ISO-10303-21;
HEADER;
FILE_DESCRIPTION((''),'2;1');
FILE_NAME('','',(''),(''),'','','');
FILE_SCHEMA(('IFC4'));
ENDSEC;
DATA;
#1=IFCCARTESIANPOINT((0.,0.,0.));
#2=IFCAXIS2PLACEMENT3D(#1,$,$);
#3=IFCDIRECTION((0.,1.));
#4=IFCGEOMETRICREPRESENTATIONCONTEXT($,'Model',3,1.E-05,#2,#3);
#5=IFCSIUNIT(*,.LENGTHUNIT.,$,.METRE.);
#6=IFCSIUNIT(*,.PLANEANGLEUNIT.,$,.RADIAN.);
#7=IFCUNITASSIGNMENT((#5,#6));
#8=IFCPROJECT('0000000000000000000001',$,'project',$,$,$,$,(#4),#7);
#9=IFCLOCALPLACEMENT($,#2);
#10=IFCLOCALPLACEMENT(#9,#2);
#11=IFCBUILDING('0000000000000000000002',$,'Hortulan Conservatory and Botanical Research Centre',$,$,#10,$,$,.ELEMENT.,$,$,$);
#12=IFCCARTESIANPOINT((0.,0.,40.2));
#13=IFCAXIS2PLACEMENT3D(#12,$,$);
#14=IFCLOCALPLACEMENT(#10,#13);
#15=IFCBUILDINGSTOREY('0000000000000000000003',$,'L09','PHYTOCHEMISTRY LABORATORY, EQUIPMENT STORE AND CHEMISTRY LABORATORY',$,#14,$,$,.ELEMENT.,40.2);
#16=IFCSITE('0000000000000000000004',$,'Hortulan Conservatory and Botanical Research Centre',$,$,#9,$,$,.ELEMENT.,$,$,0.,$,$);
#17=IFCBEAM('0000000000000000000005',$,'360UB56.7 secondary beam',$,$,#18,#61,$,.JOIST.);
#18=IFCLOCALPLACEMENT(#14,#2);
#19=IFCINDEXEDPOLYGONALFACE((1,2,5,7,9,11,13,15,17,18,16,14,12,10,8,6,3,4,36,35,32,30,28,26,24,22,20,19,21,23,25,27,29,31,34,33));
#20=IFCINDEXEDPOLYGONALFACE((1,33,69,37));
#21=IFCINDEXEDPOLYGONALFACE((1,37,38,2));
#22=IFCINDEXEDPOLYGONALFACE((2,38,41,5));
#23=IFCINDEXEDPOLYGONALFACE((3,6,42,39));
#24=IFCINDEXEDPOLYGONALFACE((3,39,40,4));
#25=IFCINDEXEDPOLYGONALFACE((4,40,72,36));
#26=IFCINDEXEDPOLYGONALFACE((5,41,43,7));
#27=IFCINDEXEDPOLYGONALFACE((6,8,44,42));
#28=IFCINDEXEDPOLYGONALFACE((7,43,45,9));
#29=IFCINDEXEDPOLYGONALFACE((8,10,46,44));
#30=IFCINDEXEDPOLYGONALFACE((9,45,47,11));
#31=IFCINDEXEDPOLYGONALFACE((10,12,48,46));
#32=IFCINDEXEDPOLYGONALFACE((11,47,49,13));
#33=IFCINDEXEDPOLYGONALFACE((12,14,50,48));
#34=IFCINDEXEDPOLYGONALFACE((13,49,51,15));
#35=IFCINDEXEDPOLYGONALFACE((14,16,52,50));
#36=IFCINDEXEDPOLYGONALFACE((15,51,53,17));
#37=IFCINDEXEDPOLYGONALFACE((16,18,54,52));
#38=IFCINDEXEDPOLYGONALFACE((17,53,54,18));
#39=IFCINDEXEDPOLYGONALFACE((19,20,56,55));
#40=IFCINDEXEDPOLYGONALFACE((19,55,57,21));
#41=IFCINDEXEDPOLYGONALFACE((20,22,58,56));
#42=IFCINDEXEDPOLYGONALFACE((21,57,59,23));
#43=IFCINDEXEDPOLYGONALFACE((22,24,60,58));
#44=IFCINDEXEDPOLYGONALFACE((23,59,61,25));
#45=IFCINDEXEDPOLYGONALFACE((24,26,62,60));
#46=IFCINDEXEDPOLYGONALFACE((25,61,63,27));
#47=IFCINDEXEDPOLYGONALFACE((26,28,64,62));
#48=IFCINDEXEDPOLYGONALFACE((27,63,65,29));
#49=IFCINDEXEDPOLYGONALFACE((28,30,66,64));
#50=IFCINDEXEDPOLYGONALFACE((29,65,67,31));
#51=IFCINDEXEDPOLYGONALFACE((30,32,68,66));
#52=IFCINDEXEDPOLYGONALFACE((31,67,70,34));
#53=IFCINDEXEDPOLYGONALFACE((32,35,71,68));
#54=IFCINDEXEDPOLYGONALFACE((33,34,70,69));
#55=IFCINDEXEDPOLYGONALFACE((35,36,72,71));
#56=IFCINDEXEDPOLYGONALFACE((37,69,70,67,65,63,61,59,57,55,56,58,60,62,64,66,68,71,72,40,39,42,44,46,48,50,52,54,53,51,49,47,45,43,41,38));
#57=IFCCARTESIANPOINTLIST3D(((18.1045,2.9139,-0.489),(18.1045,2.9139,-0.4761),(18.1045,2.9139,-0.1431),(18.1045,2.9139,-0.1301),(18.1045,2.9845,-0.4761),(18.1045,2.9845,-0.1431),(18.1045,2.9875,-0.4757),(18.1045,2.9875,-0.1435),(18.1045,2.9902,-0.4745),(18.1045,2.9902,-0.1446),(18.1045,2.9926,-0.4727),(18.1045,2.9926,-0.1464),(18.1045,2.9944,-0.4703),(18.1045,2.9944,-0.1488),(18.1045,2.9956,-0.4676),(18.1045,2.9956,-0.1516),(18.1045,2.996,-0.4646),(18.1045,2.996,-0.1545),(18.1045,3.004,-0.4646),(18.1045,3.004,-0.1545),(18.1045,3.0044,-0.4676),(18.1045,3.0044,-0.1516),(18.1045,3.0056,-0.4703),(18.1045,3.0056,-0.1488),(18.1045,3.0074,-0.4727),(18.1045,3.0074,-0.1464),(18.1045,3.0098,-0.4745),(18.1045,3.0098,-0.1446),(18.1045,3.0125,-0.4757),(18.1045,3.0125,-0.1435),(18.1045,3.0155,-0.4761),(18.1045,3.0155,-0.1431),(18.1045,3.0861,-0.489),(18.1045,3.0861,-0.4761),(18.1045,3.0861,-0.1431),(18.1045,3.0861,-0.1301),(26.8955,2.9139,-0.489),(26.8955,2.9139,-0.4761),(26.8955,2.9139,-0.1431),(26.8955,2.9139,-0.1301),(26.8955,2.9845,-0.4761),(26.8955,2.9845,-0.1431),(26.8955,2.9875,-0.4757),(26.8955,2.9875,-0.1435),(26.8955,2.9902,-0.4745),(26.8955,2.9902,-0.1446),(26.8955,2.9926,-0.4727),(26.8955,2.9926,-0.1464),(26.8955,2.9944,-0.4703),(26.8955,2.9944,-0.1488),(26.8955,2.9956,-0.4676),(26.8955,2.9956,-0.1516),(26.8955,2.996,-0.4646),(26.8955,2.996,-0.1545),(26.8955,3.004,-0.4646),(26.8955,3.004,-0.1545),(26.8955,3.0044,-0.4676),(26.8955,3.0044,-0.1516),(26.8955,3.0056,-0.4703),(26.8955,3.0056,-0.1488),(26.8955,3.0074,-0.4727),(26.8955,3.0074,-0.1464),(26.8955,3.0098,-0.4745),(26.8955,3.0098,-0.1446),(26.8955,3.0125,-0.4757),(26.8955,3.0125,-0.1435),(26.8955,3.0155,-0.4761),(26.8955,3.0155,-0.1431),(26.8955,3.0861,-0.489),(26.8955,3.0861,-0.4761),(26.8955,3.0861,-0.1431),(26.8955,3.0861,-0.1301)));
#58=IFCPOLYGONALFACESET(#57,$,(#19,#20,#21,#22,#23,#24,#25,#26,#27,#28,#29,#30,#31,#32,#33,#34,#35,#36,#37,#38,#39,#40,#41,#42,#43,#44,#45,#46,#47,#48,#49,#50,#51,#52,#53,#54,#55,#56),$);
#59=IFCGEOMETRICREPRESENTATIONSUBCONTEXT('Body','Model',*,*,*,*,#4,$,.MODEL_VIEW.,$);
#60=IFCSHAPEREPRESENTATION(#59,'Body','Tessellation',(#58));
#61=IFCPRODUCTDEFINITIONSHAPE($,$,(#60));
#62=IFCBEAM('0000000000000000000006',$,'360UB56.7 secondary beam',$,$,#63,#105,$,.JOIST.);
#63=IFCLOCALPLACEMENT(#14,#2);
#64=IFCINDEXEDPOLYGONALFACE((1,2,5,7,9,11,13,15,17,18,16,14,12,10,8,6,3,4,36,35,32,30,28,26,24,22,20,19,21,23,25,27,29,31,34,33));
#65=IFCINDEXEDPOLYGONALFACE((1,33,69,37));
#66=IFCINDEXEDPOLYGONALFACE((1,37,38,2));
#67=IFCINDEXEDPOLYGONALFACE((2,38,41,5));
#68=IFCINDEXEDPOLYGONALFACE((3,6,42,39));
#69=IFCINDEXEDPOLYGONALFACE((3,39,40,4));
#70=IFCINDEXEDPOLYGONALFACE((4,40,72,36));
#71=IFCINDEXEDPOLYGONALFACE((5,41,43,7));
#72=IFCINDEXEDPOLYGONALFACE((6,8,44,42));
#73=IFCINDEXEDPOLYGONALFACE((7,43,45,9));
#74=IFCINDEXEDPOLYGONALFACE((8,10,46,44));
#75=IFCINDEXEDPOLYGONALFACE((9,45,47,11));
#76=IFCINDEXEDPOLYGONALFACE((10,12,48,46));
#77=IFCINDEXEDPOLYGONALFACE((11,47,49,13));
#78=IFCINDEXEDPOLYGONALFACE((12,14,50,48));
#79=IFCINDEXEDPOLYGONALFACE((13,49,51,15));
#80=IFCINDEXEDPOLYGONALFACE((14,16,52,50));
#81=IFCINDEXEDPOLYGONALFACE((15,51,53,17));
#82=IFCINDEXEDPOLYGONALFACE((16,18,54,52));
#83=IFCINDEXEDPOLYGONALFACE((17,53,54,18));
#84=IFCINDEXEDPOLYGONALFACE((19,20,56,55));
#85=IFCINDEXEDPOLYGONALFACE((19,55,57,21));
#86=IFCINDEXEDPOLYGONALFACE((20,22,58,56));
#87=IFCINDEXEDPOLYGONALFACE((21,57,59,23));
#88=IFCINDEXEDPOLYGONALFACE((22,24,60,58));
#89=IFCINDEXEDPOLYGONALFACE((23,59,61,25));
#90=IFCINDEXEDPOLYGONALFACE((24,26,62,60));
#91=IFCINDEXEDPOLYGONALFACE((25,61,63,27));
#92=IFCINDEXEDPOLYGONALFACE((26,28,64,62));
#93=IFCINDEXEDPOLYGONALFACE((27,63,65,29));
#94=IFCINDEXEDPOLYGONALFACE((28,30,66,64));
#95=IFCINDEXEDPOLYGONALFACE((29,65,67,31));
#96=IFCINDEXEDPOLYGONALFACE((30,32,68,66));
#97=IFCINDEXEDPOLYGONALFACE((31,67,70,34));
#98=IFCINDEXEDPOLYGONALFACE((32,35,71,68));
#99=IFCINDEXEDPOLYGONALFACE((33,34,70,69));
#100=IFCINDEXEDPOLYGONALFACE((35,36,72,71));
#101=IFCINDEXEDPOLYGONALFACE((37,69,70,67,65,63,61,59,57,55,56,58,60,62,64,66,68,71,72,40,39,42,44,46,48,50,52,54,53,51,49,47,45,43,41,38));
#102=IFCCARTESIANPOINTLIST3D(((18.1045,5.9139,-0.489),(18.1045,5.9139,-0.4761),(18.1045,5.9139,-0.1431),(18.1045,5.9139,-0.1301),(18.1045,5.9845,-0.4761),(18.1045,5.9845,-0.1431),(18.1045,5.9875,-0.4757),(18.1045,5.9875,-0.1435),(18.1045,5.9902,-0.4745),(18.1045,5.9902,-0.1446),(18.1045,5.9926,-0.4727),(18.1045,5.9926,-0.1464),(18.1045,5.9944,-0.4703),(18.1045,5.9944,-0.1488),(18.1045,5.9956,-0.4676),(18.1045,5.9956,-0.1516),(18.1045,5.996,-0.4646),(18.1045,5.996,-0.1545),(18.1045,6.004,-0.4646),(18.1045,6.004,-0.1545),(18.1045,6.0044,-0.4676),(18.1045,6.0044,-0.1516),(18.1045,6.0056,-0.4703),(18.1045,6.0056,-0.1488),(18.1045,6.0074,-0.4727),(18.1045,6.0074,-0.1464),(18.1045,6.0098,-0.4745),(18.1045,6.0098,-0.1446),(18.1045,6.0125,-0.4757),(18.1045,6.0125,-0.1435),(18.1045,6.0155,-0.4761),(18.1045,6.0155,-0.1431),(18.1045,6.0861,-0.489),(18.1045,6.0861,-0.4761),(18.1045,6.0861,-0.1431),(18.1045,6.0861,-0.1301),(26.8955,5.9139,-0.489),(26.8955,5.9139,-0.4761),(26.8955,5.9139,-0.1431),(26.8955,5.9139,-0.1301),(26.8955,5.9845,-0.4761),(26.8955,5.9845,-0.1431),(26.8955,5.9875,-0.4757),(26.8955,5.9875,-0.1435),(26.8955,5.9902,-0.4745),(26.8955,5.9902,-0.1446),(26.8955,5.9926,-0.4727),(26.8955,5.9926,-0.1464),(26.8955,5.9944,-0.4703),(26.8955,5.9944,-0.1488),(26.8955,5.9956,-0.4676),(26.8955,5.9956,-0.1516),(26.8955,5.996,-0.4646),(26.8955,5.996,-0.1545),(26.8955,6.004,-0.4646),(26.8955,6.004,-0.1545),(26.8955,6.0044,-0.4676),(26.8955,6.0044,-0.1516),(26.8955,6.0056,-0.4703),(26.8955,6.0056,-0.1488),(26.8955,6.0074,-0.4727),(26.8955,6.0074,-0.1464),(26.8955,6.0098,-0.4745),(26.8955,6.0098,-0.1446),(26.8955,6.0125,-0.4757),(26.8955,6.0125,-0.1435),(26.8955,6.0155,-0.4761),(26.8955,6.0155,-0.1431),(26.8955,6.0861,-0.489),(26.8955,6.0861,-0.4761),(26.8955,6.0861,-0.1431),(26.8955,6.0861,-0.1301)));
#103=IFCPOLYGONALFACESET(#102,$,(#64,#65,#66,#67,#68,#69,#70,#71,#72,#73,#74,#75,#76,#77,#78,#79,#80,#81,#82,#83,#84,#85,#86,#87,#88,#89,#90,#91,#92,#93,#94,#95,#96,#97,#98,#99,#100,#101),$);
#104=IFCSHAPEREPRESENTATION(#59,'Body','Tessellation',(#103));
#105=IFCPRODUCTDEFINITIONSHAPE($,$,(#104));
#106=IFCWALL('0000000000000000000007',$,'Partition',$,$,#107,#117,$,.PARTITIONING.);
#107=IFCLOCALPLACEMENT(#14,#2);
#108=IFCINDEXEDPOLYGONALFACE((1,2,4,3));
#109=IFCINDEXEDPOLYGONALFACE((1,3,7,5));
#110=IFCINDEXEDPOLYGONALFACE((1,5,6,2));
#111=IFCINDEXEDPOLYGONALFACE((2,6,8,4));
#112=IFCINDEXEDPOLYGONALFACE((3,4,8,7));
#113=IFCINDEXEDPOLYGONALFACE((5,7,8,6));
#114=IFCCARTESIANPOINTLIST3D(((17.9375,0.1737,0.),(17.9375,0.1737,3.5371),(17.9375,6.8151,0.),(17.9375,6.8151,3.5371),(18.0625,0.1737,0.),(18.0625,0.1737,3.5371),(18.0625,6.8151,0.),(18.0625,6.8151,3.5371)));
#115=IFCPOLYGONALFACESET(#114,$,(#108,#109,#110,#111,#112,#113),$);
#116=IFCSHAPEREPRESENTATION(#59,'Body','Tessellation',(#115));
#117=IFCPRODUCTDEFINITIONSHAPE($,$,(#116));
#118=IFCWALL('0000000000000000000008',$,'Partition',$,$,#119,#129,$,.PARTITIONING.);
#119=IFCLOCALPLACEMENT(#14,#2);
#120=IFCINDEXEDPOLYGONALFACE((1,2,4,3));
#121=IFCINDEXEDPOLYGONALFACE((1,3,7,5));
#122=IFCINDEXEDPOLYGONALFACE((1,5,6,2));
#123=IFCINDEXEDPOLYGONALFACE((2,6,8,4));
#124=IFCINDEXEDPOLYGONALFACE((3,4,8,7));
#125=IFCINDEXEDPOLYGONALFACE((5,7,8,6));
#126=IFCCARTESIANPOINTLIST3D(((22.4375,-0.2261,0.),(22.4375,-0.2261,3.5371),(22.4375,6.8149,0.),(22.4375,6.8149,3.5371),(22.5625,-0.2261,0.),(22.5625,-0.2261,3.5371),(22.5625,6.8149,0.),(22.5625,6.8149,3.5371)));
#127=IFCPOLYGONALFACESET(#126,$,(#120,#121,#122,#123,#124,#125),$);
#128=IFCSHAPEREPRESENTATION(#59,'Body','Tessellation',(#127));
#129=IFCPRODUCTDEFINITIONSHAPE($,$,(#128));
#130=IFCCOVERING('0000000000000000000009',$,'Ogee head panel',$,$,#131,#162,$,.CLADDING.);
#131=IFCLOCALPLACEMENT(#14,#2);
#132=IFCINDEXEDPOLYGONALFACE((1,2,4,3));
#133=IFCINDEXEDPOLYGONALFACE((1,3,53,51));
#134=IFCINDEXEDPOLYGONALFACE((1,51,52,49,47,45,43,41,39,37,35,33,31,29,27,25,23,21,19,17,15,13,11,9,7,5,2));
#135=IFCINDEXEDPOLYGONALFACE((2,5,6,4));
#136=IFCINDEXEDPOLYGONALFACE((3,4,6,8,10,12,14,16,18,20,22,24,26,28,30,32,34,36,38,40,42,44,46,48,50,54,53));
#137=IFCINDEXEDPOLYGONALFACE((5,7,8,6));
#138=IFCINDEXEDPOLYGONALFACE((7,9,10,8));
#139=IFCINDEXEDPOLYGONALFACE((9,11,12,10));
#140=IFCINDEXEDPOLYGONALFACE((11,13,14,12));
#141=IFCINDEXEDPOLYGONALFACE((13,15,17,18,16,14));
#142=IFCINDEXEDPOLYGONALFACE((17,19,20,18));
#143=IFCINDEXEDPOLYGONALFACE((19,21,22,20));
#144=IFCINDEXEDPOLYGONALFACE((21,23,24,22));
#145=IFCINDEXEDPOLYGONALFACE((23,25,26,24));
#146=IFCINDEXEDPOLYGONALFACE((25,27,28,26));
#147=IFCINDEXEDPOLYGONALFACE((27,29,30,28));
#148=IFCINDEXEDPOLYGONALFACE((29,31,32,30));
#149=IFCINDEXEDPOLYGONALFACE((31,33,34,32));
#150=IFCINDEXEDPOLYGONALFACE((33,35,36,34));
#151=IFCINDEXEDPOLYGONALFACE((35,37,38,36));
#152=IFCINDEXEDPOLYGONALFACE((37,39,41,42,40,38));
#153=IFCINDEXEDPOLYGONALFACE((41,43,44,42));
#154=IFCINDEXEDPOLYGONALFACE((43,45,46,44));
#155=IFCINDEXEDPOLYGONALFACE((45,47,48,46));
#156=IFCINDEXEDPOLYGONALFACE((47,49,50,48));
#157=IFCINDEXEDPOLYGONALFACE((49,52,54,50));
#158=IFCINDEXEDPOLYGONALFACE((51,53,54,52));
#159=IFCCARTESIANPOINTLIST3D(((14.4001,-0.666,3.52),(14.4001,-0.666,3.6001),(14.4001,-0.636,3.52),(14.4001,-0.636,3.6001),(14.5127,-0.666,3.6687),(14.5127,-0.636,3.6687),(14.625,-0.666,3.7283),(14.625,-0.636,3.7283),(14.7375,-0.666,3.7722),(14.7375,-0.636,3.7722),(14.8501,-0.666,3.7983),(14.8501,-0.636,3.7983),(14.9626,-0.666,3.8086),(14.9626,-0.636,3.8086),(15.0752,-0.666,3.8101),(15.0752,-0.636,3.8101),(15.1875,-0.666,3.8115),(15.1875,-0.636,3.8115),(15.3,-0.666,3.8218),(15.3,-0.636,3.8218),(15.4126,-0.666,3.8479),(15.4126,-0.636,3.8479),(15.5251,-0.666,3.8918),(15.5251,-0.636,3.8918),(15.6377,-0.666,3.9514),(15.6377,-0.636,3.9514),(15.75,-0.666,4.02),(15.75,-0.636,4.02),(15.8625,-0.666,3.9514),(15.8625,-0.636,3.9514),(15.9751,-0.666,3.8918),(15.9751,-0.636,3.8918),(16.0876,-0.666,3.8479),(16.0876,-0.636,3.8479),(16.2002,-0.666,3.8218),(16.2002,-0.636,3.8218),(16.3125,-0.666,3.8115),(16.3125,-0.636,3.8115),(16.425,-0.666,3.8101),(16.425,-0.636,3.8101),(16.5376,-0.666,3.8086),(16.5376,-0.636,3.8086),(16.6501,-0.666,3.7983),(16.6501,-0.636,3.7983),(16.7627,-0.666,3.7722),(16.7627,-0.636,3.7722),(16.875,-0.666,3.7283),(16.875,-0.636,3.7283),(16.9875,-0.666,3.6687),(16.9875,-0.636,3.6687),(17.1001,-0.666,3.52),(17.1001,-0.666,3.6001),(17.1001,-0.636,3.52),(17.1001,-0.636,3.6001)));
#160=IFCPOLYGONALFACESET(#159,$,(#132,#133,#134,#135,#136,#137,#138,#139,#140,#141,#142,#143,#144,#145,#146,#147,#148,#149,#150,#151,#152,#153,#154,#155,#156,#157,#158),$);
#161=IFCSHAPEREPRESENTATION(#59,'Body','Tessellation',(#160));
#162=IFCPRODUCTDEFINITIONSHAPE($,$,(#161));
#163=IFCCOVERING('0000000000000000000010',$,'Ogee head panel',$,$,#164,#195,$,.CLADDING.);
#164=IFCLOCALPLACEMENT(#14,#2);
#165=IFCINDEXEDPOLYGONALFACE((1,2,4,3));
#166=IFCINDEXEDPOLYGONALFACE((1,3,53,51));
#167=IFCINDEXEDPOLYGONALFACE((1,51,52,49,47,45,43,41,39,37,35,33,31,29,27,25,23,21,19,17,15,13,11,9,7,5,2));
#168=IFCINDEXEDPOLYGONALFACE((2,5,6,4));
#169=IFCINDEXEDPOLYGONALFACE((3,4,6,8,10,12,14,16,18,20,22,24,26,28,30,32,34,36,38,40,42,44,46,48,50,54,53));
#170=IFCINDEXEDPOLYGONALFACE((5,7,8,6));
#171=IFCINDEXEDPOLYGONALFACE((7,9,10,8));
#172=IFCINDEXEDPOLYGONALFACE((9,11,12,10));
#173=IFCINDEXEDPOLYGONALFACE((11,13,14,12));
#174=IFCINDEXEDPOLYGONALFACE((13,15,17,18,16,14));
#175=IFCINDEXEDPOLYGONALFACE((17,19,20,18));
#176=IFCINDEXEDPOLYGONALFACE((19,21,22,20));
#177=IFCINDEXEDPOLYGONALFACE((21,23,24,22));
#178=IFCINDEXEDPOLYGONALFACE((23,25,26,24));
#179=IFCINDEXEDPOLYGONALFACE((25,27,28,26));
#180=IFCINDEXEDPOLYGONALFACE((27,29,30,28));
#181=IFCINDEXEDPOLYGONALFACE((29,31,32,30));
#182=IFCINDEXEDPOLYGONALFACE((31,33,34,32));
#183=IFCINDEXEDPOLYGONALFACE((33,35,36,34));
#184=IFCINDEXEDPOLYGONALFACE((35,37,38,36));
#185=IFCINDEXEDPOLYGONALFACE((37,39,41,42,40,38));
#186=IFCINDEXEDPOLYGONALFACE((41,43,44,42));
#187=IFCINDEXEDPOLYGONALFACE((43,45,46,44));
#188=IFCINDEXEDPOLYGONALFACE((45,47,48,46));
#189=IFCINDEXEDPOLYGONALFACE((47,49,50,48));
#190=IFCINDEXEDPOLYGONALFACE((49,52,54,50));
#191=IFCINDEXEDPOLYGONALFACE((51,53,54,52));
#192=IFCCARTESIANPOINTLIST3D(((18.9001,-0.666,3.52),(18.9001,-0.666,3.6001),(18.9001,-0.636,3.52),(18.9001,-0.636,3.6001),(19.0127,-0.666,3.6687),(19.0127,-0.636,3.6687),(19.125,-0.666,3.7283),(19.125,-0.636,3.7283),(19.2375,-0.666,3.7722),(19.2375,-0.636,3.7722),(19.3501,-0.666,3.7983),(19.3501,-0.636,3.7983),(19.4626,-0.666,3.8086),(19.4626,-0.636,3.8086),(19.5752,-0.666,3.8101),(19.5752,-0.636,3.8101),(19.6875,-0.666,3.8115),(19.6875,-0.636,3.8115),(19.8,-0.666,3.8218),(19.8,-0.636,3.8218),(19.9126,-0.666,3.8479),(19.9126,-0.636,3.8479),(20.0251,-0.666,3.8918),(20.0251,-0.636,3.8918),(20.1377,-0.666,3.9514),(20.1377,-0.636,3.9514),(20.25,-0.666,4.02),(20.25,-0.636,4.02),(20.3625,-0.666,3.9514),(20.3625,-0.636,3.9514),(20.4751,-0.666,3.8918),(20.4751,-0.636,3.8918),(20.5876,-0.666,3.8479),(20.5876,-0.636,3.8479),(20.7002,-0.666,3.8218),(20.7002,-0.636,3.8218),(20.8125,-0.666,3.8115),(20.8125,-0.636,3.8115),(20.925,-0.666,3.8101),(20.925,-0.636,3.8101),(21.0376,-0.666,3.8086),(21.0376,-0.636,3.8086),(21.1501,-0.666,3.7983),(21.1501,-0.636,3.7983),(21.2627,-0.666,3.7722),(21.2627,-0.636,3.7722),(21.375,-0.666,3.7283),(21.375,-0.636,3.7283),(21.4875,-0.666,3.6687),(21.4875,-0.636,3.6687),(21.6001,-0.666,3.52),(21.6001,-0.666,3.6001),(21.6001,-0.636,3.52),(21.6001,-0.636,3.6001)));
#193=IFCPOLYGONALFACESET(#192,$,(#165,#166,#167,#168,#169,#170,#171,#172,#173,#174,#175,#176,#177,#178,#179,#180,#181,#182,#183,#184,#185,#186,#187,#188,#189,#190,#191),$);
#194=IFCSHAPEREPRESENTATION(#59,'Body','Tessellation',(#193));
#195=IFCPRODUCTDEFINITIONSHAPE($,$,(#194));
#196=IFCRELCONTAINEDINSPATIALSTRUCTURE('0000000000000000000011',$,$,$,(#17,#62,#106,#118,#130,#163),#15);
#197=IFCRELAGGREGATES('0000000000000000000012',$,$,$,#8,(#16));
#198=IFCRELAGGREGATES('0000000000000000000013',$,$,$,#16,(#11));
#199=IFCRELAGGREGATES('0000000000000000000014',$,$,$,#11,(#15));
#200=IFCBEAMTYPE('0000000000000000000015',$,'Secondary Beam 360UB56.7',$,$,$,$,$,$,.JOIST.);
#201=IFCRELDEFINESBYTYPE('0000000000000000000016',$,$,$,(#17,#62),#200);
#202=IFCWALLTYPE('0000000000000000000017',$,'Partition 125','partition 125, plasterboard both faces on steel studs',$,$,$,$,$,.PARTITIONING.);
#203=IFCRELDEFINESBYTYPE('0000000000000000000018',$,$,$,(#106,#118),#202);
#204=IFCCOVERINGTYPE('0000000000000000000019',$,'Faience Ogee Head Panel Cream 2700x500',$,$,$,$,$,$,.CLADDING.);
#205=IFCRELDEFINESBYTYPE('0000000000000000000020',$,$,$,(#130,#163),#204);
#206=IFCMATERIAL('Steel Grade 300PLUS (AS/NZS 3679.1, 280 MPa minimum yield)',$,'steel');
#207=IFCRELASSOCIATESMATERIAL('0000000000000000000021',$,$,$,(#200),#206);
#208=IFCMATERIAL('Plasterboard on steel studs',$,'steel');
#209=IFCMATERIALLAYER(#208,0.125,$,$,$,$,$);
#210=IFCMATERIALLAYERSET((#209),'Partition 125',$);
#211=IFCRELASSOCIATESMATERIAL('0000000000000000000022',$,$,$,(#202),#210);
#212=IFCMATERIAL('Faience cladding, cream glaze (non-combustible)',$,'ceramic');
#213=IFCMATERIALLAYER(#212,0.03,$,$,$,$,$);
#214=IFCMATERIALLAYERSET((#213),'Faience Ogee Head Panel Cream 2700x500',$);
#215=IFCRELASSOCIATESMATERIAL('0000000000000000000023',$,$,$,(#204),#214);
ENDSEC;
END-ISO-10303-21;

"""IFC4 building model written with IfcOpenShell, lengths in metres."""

from ifc_helpers import new_model, si_unit, direction, frame, frame_2d, origin, origin_2d, place, context, subcontext, project, spatial, polyline, rectangle, i_section, outline, extrude, material, layer, layer_set, material_profile, profile_set, type_object, element, save


model = new_model("IFC4")

# Units and contexts
model_context = context("Model", 3, precision=1e-05, world=origin(), true_north=direction((0.0, 1.0)))
body_context = subcontext(model_context, "Body", "Model", "MODEL_VIEW")
ifc_project = project(units=[si_unit("LENGTHUNIT", "METRE"), si_unit("PLANEANGLEUNIT", "RADIAN")], contexts=[model_context])

# Site, building, storey
site_placement = place(None, origin())
site = spatial("IfcSite", under=ifc_project, at=site_placement, Name="Hortulan Conservatory and Botanical Research Centre", CompositionType="ELEMENT", RefElevation=0.0)
building_placement = place(site_placement, origin())
building = spatial("IfcBuilding", under=site, at=building_placement, Name="Hortulan Conservatory and Botanical Research Centre", CompositionType="ELEMENT")
storey_placement = place(building_placement, frame((0.0, 0.0, 40.2)))
storey = spatial("IfcBuildingStorey", under=building, at=storey_placement, Name="L09", Description="PHYTOCHEMISTRY LABORATORY, EQUIPMENT STORE AND CHEMISTRY LABORATORY", CompositionType="ELEMENT", Elevation=40.2)

# Shared definitions
ifc_material_1 = material(Name="Steel Grade 300PLUS (AS/NZS 3679.1, 280 MPa minimum yield)", Category="steel")

# Beams
ifc_material_profile_1 = material_profile(ifc_material_1, i_section(OverallWidth=0.1721, OverallDepth=0.3589, WebThickness=0.0081, FlangeThickness=0.0129, FilletRadius=0.0115, at=origin_2d()), Name="360UB56.7")
ifc_profile_set_1 = profile_set([ifc_material_profile_1], Name="Steel Grade 300PLUS (AS/NZS 3679.1, 280 MPa minimum yield)")
beam_type_1 = type_object("IfcBeamType", Name="Secondary Beam 360UB56.7", PredefinedType="JOIST", material=ifc_profile_set_1)
for number, where, z_axis, x_axis, name in (
    (1, (18.1045, 3.0, -0.3096), (1.0, 0.0, 0.0), (0.0, 1.0, 0.0), "360UB56.7 secondary beam"),
    (2, (18.1045, 6.0, -0.3096), (1.0, 0.0, 0.0), (0.0, 1.0, 0.0), "360UB56.7 secondary beam"),
):
    element("IfcBeam", number, at=place(storey_placement, frame(where, z_axis=z_axis, x_axis=x_axis)), inside=storey, type_object=beam_type_1, Name=name, PredefinedType="JOIST", context=body_context, shape_type="SweptSolid", body=[
        extrude(i_section(OverallWidth=0.1721, OverallDepth=0.3589, WebThickness=0.0081, FlangeThickness=0.0129, FilletRadius=0.0115, at=origin_2d()), origin(), (0.0, 0.0, 1.0), 8.791),
    ])

# Walls
ifc_material_2 = material(Name="Plasterboard on steel studs", Category="steel")
ifc_layer_1 = layer(ifc_material_2, 0.125)
ifc_layer_set_1 = layer_set([ifc_layer_1], Name="Partition 125")
wall_type = type_object("IfcWallType", Name="Partition 125", Description="partition 125, plasterboard both faces on steel studs", PredefinedType="PARTITIONING", material=ifc_layer_set_1)
wall_1_placement = place(storey_placement, frame((18.0, 0.1736, 0.0), z_axis=(0.0, 0.0, 1.0), x_axis=(0.0, 1.0, 0.0)))
element("IfcWall", 3, at=wall_1_placement, inside=storey, type_object=wall_type, Name="Partition", PredefinedType="PARTITIONING", context=body_context, shape_type="SweptSolid", body=[
    extrude(rectangle(XDim=6.6414, YDim=0.125, at=frame_2d((3.3208, 0.0))), origin(), (0.0, 0.0, 1.0), 3.5371),
])
wall_2_placement = place(storey_placement, frame((22.5, -0.2261, 0.0), z_axis=(0.0, 0.0, 1.0), x_axis=(0.0, 1.0, 0.0)))
element("IfcWall", 4, at=wall_2_placement, inside=storey, type_object=wall_type, Name="Partition", PredefinedType="PARTITIONING", context=body_context, shape_type="SweptSolid", body=[
    extrude(rectangle(XDim=7.041, YDim=0.125, at=frame_2d((3.5205, 0.0))), origin(), (0.0, 0.0, 1.0), 3.5371),
])

# Coverings
ifc_material_3 = material(Name="Faience cladding, cream glaze (non-combustible)", Category="ceramic")
ifc_layer_2 = layer(ifc_material_3, 0.03)
ifc_layer_set_2 = layer_set([ifc_layer_2], Name="Faience Ogee Head Panel Cream 2700x500")
covering_type_1 = type_object("IfcCoveringType", Name="Faience Ogee Head Panel Cream 2700x500", PredefinedType="CLADDING", material=ifc_layer_set_2)
for number, where, z_axis, x_axis, name in (
    (5, (17.1001, -0.6509, 3.52), (0.0, 0.0, 1.0), (-1.0, 0.0, 0.0), "Ogee head panel"),
    (6, (21.6001, -0.6509, 3.52), (0.0, 0.0, 1.0), (-1.0, 0.0, 0.0), "Ogee head panel"),
):
    element("IfcCovering", number, at=place(storey_placement, frame(where, z_axis=z_axis, x_axis=x_axis)), inside=storey, type_object=covering_type_1, Name=name, PredefinedType="CLADDING", context=body_context, shape_type="SweptSolid", body=[
        extrude(outline(polyline([(0.0, 0.0), (2.7, 0.0), (2.7, 0.0801), (2.5874, 0.1487), (2.4751, 0.2083), (2.3625, 0.2522), (2.25, 0.2783), (2.1375, 0.2886), (2.0249, 0.29), (1.9126, 0.2915), (1.8, 0.3018), (1.6875, 0.3279), (1.575, 0.3718), (1.4624, 0.4314), (1.3501, 0.5), (1.2375, 0.4314), (1.125, 0.3718), (1.0125, 0.3279), (0.8999, 0.3018), (0.7876, 0.2915), (0.675, 0.29), (0.5625, 0.2886), (0.45, 0.2783), (0.3374, 0.2522), (0.2251, 0.2083), (0.1125, 0.1487), (0.0, 0.0801), (0.0, 0.0)])), frame((0.0, 0.0151, 0.0), z_axis=(0.0, -1.0, 0.0), x_axis=(1.0, 0.0, 0.0)), (0.0, 0.0, 1.0), 0.03),
    ])

save(model, "model.ifc")
